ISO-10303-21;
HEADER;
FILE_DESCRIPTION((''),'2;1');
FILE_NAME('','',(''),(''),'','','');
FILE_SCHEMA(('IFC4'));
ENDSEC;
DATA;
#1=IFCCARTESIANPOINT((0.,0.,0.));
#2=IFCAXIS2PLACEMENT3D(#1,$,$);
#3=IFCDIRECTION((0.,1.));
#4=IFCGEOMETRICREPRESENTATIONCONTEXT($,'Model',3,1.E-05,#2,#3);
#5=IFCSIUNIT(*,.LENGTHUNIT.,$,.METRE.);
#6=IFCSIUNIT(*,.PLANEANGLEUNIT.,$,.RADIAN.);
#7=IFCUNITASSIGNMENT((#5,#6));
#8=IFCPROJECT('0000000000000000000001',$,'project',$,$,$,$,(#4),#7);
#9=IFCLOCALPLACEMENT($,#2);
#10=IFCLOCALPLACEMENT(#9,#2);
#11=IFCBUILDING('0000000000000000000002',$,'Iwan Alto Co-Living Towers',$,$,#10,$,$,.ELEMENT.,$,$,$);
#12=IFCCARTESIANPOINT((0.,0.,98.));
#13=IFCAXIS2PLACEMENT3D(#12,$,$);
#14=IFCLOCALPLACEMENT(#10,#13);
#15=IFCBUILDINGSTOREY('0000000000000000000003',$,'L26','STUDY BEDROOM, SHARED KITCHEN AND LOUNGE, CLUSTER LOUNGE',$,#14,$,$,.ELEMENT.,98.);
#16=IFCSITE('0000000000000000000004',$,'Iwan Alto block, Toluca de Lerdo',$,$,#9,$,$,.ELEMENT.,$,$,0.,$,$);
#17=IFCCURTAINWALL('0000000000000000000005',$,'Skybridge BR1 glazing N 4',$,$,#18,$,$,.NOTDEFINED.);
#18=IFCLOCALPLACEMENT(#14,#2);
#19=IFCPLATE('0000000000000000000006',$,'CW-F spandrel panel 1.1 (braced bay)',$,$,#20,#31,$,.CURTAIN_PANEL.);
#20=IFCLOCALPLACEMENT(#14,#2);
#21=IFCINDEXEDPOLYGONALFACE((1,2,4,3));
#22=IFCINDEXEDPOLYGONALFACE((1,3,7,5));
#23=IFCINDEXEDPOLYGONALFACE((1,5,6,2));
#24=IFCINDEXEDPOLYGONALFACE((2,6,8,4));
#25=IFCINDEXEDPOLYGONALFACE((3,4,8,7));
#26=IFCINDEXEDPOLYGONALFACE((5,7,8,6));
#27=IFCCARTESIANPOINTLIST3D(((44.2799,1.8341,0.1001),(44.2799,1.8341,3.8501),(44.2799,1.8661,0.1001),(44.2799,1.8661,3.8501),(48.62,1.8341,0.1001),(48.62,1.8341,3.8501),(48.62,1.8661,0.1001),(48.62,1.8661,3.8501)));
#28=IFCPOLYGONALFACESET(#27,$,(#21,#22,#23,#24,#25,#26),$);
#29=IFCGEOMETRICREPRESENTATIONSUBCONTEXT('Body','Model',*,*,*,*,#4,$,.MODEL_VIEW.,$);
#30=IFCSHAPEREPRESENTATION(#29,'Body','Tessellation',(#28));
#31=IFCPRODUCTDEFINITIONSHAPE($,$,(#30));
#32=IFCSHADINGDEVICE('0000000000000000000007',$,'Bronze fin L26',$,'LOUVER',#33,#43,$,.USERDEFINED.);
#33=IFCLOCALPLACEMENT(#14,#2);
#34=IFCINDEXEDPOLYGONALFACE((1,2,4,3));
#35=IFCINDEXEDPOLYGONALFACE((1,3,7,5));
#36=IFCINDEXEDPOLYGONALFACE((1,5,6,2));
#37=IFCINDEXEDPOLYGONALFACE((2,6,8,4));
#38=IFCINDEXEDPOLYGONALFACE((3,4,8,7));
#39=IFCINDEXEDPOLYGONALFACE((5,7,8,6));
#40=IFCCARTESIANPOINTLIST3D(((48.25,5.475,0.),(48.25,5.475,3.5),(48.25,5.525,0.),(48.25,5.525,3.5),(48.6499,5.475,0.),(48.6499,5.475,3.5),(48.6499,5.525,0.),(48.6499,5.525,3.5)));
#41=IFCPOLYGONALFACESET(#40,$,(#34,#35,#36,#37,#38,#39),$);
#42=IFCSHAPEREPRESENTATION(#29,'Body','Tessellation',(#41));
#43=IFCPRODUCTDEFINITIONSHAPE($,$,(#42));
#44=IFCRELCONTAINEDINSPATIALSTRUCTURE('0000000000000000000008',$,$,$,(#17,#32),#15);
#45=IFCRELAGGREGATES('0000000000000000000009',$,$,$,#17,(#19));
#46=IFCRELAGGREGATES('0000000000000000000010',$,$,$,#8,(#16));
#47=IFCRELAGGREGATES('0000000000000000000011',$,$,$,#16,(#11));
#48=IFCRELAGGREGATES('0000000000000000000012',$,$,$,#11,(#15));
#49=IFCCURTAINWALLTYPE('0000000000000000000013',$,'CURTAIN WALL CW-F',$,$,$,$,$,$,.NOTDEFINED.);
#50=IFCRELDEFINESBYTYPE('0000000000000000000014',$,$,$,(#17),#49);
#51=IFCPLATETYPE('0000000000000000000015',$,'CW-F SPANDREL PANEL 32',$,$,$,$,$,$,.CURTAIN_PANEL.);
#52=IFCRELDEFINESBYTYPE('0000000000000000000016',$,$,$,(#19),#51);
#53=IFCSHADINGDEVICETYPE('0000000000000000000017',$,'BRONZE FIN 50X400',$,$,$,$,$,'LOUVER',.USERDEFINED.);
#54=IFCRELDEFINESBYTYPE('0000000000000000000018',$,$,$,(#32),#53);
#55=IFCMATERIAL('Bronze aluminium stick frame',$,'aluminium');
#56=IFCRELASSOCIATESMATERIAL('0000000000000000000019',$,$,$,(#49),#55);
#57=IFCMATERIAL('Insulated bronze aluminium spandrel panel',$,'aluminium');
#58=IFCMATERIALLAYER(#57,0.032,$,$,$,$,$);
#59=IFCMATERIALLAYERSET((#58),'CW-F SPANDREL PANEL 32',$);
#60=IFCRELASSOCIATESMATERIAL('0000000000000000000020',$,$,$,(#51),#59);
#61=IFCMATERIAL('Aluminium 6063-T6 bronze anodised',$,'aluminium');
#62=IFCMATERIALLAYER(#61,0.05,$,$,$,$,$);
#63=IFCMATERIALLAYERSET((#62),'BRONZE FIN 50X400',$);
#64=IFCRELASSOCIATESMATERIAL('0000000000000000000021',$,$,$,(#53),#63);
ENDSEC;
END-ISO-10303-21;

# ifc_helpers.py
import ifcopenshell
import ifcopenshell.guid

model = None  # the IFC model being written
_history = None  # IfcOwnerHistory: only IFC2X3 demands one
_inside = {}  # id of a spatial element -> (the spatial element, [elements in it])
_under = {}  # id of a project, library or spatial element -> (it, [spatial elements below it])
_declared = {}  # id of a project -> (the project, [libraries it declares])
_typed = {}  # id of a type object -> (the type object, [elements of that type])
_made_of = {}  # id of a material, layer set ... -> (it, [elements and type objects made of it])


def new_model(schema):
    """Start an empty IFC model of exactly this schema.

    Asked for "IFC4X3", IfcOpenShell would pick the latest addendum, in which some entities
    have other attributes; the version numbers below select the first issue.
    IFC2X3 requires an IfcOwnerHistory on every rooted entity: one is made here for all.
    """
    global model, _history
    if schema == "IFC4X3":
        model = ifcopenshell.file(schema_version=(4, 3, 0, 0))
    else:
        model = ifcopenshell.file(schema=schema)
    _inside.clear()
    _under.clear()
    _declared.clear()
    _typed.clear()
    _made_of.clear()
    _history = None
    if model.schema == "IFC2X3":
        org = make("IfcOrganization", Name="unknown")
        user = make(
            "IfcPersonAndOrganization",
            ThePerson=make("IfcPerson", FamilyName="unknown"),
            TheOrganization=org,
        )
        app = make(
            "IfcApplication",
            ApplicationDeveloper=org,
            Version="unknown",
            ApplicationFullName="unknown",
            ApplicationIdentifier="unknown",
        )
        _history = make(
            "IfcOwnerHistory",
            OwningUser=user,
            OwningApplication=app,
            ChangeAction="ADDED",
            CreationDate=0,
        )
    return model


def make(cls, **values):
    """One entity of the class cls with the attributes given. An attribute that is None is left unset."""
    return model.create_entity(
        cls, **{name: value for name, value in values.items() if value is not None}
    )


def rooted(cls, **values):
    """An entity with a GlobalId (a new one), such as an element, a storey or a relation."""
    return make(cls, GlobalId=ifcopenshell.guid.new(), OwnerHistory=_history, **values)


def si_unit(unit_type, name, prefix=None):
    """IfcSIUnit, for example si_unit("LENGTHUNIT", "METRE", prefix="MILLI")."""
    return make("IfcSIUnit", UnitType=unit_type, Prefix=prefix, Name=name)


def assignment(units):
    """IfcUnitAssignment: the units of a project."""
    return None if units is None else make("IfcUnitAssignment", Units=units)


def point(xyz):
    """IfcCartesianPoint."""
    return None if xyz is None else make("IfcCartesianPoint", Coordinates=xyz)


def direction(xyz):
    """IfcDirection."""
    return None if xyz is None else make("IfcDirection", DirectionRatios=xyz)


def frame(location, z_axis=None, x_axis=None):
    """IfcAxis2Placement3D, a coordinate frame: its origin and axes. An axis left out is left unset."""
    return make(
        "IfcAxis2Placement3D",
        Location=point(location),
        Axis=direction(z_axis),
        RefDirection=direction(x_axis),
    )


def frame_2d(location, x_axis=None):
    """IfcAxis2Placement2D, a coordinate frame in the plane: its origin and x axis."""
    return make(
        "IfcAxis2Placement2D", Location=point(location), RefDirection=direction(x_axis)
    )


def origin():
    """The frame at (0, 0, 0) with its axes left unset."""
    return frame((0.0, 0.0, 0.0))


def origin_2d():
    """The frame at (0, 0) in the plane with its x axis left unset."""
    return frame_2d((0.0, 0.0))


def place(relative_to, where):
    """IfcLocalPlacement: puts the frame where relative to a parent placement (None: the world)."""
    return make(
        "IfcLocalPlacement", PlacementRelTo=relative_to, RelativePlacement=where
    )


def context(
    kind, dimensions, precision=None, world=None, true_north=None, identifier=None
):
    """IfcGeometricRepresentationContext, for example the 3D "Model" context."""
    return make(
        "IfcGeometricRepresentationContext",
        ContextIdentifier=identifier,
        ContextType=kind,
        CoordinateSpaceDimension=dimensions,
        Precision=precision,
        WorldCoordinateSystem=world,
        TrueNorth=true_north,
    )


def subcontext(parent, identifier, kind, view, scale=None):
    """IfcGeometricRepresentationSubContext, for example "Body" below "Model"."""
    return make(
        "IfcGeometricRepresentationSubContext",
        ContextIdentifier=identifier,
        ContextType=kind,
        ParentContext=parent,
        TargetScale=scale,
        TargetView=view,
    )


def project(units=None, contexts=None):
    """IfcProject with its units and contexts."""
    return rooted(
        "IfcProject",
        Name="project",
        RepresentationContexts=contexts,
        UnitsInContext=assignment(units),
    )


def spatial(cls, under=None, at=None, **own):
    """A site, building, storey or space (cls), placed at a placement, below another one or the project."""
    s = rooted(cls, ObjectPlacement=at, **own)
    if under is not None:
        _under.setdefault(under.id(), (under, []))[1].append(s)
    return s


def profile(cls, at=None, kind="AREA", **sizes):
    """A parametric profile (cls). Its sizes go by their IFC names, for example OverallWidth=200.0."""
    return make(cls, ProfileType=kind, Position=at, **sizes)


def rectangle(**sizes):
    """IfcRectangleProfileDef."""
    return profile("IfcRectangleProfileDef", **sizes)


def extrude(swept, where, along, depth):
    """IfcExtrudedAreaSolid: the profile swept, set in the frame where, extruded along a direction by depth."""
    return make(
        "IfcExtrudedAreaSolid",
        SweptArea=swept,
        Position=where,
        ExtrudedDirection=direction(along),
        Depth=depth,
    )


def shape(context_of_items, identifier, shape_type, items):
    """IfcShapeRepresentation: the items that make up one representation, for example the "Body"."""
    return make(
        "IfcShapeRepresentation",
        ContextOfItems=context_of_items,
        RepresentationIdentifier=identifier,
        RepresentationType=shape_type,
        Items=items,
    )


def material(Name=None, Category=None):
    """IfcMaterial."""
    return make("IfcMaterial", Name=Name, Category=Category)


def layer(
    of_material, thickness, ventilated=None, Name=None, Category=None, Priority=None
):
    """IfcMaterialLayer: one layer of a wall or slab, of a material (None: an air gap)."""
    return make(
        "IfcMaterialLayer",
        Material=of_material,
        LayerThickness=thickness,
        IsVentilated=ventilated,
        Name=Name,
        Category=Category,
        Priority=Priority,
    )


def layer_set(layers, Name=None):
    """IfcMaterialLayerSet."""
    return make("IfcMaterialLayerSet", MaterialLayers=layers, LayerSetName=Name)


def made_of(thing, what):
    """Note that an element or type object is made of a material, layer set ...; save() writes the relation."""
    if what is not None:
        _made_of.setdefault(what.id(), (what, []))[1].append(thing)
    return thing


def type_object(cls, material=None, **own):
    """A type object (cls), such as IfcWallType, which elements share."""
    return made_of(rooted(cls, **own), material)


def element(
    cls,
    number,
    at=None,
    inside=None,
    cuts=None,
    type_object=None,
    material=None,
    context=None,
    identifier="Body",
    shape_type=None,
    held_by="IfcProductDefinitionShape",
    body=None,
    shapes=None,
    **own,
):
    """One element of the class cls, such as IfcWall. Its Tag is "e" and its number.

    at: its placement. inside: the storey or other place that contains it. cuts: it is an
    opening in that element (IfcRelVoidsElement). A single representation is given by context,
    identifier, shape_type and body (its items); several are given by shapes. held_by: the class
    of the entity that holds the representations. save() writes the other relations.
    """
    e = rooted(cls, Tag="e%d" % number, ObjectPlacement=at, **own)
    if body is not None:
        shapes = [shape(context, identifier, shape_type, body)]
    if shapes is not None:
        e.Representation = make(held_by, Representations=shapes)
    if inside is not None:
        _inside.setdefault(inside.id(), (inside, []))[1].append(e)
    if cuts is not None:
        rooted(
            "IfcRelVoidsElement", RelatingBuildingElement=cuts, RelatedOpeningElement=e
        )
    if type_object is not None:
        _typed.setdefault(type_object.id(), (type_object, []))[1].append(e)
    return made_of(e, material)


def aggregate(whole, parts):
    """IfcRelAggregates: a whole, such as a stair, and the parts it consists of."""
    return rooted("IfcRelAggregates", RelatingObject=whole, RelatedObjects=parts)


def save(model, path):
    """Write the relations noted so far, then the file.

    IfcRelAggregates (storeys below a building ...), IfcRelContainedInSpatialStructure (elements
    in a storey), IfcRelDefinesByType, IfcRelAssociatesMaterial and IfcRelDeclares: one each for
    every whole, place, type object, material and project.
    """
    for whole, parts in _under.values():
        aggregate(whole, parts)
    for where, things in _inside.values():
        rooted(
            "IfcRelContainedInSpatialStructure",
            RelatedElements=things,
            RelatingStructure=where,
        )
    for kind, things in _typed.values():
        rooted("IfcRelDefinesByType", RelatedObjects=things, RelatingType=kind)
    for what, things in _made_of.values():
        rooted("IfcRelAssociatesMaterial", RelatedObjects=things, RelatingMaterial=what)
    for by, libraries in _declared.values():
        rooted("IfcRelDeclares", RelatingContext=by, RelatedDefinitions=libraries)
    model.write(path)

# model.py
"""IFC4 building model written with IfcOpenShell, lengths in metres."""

from ifc_helpers import new_model, si_unit, direction, frame, origin, origin_2d, place, context, subcontext, project, spatial, rectangle, extrude, material, layer, layer_set, type_object, element, aggregate, save


model = new_model("IFC4")

# Units and contexts
model_context = context("Model", 3, precision=1e-05, world=origin(), true_north=direction((0.0, 1.0)))
body_context = subcontext(model_context, "Body", "Model", "MODEL_VIEW")
ifc_project = project(units=[si_unit("LENGTHUNIT", "METRE"), si_unit("PLANEANGLEUNIT", "RADIAN")], contexts=[model_context])

# Site, building, storey
site_placement = place(None, origin())
site = spatial("IfcSite", under=ifc_project, at=site_placement, Name="Iwan Alto block, Toluca de Lerdo", CompositionType="ELEMENT", RefElevation=0.0)
building_placement = place(site_placement, origin())
building = spatial("IfcBuilding", under=site, at=building_placement, Name="Iwan Alto Co-Living Towers", CompositionType="ELEMENT")
storey_placement = place(building_placement, frame((0.0, 0.0, 98.0)))
storey = spatial("IfcBuildingStorey", under=building, at=storey_placement, Name="L26", Description="STUDY BEDROOM, SHARED KITCHEN AND LOUNGE, CLUSTER LOUNGE", CompositionType="ELEMENT", Elevation=98.0)

# Curtain wall
ifc_material_1 = material(Name="Bronze aluminium stick frame", Category="aluminium")
curtain_wall_type_1 = type_object("IfcCurtainWallType", Name="CURTAIN WALL CW-F", PredefinedType="NOTDEFINED", material=ifc_material_1)
curtain_wall_1_placement = place(storey_placement, origin())
curtain_wall_1 = element("IfcCurtainWall", 1, at=curtain_wall_1_placement, inside=storey, type_object=curtain_wall_type_1, Name="Skybridge BR1 glazing N 4", PredefinedType="NOTDEFINED")

# Plate
ifc_material_2 = material(Name="Insulated bronze aluminium spandrel panel", Category="aluminium")
ifc_layer_1 = layer(ifc_material_2, 0.032)
ifc_layer_set_1 = layer_set([ifc_layer_1], Name="CW-F SPANDREL PANEL 32")
plate_type_1 = type_object("IfcPlateType", Name="CW-F SPANDREL PANEL 32", PredefinedType="CURTAIN_PANEL", material=ifc_layer_set_1)
plate_1_placement = place(storey_placement, frame((46.45, 1.8501, 0.1001), z_axis=(0.0, 0.0, 1.0), x_axis=(-1.0, 0.0, 0.0)))
plate_1 = element("IfcPlate", 2, at=plate_1_placement, type_object=plate_type_1, Name="CW-F spandrel panel 1.1 (braced bay)", PredefinedType="CURTAIN_PANEL", context=body_context, shape_type="SweptSolid", body=[
    extrude(rectangle(XDim=4.3401, YDim=0.032, at=origin_2d()), origin(), (0.0, 0.0, 1.0), 3.75),
])
aggregate(curtain_wall_1, [plate_1])

# Shading device
ifc_material_3 = material(Name="Aluminium 6063-T6 bronze anodised", Category="aluminium")
ifc_layer_2 = layer(ifc_material_3, 0.05)
ifc_layer_set_2 = layer_set([ifc_layer_2], Name="BRONZE FIN 50X400")
shading_device_type = type_object("IfcShadingDeviceType", Name="BRONZE FIN 50X400", ElementType="LOUVER", PredefinedType="USERDEFINED", material=ifc_layer_set_2)
shading_device_placement = place(storey_placement, frame((48.45, 5.5, 0.0), z_axis=(0.0, 0.0, 1.0), x_axis=(0.0, -1.0, 0.0)))
element("IfcShadingDevice", 3, at=shading_device_placement, inside=storey, type_object=shading_device_type, Name="Bronze fin L26", ObjectType="LOUVER", PredefinedType="USERDEFINED", context=body_context, shape_type="SweptSolid", body=[
    extrude(rectangle(XDim=0.05, YDim=0.3999, at=origin_2d()), origin(), (0.0, 0.0, 1.0), 3.5),
])

save(model, "model.ifc")
